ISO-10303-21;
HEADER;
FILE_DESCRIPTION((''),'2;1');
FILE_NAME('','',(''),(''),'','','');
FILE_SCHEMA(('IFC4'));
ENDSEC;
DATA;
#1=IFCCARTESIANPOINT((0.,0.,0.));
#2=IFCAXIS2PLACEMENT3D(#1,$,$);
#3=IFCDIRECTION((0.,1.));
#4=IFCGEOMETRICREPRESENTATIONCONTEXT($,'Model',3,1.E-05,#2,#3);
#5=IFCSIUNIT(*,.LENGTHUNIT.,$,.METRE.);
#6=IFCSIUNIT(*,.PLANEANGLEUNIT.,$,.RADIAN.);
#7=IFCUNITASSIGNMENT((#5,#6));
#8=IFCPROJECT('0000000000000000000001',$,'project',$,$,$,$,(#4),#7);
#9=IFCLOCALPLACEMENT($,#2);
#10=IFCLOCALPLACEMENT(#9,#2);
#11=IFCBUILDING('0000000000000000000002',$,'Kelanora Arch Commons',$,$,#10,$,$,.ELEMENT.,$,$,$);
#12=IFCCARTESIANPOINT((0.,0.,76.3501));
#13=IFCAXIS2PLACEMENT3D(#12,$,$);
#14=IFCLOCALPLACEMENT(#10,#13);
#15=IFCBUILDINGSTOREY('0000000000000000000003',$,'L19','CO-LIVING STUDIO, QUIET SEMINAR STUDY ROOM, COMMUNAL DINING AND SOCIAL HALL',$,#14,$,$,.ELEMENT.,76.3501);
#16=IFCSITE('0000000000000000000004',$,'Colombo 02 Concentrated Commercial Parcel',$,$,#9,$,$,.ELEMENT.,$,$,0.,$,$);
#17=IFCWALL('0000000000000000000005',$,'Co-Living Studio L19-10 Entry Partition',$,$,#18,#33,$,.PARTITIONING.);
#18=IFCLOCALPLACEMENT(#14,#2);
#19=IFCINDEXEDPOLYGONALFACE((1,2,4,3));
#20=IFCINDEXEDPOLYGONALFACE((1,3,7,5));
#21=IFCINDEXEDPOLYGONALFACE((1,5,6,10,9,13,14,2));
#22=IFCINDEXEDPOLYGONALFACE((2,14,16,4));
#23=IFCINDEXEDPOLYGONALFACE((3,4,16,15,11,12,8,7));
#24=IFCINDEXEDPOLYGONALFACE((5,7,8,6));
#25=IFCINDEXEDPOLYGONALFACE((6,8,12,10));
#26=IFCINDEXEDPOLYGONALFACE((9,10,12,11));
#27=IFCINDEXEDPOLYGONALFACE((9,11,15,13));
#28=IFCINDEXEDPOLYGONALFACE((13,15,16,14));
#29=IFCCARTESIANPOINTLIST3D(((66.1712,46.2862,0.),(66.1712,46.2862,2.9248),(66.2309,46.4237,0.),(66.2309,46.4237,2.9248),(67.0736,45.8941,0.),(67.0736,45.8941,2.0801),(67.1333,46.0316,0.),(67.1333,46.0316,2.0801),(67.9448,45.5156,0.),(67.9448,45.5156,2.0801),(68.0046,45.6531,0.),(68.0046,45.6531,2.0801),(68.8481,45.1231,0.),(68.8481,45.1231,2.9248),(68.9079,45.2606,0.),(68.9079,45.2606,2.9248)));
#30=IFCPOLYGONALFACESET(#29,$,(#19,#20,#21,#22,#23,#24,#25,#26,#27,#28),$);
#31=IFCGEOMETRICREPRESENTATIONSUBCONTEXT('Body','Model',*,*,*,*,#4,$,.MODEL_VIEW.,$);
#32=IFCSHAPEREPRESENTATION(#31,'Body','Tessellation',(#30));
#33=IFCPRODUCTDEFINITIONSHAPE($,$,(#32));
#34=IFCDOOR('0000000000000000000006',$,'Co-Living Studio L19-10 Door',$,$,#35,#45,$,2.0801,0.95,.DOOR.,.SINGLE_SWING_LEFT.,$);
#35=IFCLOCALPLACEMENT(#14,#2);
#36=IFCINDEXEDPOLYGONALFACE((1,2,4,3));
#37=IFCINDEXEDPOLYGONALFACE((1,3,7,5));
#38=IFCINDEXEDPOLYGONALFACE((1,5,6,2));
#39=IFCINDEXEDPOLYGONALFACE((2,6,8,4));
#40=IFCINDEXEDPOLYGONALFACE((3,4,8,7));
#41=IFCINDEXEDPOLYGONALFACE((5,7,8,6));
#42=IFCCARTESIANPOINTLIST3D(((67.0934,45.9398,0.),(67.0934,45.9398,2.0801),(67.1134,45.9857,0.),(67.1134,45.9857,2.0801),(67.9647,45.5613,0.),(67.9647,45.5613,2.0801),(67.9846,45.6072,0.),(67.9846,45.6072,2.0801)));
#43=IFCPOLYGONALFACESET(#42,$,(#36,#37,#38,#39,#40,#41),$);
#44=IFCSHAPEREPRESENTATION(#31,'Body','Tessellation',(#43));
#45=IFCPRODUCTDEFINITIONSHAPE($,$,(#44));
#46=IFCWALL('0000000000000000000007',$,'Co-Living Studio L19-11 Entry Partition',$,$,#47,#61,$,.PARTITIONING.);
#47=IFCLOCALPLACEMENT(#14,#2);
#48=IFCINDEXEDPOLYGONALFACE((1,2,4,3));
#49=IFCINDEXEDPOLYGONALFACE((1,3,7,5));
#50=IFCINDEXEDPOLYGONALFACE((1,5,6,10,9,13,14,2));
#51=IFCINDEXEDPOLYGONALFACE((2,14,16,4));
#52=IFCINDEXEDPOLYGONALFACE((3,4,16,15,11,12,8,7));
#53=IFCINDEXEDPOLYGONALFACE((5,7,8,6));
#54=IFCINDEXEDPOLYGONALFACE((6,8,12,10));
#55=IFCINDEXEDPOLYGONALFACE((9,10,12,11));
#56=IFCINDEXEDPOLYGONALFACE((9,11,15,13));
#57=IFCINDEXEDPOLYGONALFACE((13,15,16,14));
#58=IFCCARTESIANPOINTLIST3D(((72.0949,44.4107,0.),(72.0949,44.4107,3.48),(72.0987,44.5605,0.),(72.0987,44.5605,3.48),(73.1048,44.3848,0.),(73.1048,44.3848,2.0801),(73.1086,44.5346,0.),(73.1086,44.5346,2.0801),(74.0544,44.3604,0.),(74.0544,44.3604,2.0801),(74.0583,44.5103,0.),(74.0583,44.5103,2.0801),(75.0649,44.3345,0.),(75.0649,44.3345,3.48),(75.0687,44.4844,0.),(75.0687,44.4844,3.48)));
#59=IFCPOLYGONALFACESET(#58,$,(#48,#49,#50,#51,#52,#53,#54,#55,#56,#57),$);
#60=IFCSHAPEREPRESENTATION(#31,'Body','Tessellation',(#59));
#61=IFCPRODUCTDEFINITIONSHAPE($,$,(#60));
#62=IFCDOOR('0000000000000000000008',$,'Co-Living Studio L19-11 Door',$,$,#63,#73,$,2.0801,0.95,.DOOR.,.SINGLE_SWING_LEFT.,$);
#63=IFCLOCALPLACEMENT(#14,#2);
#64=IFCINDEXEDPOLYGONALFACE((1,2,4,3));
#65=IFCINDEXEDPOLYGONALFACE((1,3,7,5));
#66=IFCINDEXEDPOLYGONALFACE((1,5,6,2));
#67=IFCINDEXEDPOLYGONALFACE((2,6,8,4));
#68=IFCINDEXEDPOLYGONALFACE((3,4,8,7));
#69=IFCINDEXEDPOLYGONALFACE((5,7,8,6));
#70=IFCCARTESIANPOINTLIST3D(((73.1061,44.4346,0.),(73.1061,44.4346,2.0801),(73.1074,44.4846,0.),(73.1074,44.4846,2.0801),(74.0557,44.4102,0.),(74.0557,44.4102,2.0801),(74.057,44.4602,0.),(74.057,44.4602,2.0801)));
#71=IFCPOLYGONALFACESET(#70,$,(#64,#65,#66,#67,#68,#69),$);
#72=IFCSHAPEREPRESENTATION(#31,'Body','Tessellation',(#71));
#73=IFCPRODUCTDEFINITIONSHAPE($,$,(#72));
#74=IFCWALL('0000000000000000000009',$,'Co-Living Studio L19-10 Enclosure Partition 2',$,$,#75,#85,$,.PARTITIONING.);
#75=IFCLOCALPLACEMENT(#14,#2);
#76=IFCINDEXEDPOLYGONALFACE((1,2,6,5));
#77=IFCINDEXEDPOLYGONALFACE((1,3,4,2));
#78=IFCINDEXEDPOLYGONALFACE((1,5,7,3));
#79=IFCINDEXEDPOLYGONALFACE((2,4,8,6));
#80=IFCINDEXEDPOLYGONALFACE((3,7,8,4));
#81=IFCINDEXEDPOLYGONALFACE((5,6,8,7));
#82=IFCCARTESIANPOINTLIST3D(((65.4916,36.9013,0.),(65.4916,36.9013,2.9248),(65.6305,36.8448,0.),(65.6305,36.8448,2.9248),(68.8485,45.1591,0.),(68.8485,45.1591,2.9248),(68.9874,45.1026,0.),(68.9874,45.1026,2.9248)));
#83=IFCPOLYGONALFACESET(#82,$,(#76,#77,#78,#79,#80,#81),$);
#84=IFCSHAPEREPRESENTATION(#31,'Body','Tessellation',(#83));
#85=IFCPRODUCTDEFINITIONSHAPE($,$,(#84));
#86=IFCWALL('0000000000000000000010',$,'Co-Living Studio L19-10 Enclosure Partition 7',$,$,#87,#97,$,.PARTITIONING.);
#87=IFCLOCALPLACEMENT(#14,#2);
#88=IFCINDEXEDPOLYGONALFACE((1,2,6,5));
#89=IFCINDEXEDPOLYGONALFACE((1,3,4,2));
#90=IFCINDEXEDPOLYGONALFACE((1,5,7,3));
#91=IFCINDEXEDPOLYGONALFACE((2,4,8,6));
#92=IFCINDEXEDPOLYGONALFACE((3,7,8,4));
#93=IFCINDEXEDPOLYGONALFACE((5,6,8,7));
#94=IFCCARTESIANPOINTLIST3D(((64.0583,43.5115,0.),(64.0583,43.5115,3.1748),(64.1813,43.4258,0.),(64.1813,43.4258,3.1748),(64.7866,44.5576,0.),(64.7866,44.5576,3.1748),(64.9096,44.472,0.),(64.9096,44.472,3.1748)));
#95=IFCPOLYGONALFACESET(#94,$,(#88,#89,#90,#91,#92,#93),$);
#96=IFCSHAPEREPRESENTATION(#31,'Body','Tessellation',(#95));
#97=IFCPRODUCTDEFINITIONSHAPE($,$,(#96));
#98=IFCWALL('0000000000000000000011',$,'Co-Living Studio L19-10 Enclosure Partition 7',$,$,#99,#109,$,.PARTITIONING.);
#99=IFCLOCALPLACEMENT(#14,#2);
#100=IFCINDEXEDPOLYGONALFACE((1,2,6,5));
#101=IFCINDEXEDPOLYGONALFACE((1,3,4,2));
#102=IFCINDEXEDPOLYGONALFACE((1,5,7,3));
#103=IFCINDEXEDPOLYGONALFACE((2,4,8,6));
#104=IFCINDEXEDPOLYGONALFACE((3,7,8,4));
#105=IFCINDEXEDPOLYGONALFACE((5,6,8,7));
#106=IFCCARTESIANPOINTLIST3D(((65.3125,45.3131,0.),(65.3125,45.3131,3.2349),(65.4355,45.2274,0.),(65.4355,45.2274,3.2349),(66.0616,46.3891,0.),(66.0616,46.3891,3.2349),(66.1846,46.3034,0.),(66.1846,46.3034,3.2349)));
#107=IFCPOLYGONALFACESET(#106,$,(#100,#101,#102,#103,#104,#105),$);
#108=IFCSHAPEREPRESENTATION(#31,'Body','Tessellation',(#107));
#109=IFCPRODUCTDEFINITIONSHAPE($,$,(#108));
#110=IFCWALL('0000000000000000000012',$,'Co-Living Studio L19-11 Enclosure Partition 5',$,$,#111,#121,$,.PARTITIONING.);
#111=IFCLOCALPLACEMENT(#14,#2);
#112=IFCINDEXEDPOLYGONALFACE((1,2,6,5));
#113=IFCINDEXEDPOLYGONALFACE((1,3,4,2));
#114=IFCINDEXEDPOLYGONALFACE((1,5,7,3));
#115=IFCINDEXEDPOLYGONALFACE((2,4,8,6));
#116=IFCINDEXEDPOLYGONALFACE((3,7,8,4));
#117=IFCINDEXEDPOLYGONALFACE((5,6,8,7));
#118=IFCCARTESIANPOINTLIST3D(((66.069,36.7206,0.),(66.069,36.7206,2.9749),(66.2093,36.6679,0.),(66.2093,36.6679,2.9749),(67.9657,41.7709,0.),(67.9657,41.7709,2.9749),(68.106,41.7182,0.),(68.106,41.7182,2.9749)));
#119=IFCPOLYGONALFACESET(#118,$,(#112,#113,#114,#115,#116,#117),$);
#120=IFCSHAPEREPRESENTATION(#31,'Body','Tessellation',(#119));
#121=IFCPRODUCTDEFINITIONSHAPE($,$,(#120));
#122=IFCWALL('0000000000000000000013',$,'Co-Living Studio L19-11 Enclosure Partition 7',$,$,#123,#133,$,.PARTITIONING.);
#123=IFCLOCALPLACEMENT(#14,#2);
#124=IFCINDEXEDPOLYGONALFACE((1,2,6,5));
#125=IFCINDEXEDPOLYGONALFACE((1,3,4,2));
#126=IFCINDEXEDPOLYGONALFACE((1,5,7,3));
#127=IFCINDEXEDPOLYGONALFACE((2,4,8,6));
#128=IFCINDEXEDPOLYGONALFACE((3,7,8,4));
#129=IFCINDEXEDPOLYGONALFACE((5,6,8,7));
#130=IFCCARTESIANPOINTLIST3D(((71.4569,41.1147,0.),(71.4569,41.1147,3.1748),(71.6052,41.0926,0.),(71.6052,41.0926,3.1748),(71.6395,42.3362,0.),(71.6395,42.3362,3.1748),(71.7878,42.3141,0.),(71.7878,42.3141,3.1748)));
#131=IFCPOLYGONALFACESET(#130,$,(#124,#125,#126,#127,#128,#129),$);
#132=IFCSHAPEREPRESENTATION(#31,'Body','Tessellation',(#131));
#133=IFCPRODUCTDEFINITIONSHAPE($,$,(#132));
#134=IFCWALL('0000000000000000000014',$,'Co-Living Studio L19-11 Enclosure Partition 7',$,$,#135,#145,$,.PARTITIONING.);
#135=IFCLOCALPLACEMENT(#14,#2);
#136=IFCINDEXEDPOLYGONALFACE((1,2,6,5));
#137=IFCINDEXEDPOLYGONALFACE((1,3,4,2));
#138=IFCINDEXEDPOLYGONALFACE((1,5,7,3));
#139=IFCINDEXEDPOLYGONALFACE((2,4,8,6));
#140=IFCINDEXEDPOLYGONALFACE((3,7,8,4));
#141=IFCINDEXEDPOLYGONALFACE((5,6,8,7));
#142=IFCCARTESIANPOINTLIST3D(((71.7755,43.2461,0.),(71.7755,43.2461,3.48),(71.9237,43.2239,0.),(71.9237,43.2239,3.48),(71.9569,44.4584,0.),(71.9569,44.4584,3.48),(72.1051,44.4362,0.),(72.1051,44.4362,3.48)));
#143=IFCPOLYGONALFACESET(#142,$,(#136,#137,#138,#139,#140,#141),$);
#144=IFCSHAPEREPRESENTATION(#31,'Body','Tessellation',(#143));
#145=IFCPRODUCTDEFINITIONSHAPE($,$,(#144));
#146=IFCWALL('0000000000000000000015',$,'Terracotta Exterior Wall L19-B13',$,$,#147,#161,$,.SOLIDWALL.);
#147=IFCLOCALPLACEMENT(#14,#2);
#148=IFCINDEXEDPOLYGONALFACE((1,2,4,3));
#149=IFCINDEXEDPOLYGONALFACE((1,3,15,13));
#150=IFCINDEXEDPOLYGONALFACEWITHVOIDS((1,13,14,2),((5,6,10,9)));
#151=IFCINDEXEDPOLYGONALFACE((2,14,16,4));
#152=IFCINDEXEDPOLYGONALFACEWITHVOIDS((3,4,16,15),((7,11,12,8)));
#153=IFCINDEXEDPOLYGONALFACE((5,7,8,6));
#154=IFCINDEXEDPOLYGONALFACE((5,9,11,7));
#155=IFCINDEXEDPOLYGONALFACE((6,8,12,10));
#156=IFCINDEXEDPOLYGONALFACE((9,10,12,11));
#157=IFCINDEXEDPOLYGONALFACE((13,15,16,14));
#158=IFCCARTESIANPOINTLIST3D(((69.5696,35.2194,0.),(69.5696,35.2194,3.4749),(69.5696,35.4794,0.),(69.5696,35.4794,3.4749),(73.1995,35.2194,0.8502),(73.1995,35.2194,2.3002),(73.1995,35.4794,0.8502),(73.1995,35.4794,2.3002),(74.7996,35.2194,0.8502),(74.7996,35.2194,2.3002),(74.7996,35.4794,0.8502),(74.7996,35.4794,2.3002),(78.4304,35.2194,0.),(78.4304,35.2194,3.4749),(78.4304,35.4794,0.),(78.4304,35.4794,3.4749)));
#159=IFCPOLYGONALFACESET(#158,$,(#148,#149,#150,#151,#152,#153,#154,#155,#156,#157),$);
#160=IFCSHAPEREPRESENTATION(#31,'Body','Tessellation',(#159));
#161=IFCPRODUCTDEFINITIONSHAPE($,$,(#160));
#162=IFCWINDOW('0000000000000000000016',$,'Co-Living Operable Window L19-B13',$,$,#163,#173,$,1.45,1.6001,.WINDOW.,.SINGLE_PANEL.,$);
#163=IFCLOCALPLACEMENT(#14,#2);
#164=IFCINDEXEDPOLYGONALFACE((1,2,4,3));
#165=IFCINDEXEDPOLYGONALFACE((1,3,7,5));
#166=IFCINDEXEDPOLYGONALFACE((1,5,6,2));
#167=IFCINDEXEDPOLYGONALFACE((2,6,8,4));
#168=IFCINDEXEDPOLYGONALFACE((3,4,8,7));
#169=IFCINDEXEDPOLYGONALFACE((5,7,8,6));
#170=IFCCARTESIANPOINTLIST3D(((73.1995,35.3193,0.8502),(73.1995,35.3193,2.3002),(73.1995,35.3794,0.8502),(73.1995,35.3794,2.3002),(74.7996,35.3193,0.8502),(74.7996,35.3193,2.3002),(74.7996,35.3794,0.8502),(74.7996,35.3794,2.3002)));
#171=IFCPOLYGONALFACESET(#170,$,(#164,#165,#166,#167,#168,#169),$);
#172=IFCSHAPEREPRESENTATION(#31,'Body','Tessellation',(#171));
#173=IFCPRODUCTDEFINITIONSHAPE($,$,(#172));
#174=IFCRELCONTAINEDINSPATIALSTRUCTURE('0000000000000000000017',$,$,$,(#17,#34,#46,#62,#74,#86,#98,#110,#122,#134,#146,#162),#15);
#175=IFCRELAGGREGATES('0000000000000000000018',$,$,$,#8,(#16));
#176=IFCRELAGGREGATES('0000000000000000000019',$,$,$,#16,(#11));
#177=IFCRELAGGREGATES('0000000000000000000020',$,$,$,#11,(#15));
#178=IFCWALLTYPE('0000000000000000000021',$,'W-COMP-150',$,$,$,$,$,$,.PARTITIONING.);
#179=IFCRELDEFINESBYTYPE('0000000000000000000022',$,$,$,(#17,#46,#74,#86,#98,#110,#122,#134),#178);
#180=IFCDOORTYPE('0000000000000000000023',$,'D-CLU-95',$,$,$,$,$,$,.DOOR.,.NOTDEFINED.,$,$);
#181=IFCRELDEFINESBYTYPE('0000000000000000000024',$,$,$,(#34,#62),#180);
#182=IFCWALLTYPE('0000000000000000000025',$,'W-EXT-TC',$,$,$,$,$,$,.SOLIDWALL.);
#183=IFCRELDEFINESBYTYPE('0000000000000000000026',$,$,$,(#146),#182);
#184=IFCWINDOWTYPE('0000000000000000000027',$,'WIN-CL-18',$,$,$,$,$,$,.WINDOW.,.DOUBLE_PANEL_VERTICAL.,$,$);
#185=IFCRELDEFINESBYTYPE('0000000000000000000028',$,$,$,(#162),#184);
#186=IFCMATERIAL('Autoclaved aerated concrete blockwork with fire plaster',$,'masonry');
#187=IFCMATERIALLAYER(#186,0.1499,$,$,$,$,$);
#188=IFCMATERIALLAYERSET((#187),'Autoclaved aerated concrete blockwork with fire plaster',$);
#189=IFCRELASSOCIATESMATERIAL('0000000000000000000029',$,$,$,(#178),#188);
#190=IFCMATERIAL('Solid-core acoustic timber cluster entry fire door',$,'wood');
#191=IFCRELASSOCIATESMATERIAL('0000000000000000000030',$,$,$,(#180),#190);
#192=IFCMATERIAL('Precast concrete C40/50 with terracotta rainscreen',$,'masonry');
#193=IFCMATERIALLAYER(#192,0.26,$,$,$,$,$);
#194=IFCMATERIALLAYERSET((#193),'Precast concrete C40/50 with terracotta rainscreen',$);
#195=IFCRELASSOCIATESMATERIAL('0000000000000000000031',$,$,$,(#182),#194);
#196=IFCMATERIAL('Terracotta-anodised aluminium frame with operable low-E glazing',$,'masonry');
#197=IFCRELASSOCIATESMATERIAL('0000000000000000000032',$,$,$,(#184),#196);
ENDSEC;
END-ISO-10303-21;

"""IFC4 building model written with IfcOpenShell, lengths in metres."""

from ifc_helpers import new_model, si_unit, direction, frame, frame_2d, origin, place, context, subcontext, project, spatial, rectangle, extrude, material, layer, layer_set, type_object, element, fill, save


model = new_model("IFC4")

# Units and contexts
model_context = context("Model", 3, precision=1e-05, world=origin(), true_north=direction((0.0, 1.0)))
body_context = subcontext(model_context, "Body", "Model", "MODEL_VIEW")
ifc_project = project(units=[si_unit("LENGTHUNIT", "METRE"), si_unit("PLANEANGLEUNIT", "RADIAN")], contexts=[model_context])

# Site, building, storey
site_placement = place(None, origin())
site = spatial("IfcSite", under=ifc_project, at=site_placement, Name="Colombo 02 Concentrated Commercial Parcel", CompositionType="ELEMENT", RefElevation=0.0)
building_placement = place(site_placement, origin())
building = spatial("IfcBuilding", under=site, at=building_placement, Name="Kelanora Arch Commons", CompositionType="ELEMENT")
storey_placement = place(building_placement, frame((0.0, 0.0, 76.3501)))
storey = spatial("IfcBuildingStorey", under=building, at=storey_placement, Name="L19", Description="CO-LIVING STUDIO, QUIET SEMINAR STUDY ROOM, COMMUNAL DINING AND SOCIAL HALL", CompositionType="ELEMENT", Elevation=76.3501)

# Walls, openings, doors
ifc_material_1 = material(Name="Autoclaved aerated concrete blockwork with fire plaster", Category="masonry")
ifc_layer_1 = layer(ifc_material_1, 0.1499)
ifc_layer_set_1 = layer_set([ifc_layer_1], Name="Autoclaved aerated concrete blockwork with fire plaster")
wall_type_1 = type_object("IfcWallType", Name="W-COMP-150", PredefinedType="PARTITIONING", material=ifc_layer_set_1)
wall_1_placement = place(storey_placement, frame((66.2009, 46.355, 0.0), z_axis=(0.0, 0.0, 1.0), x_axis=(0.917174, -0.398488, 0.0)))
wall_1 = element("IfcWall", 1, at=wall_1_placement, inside=storey, type_object=wall_type_1, Name="Co-Living Studio L19-10 Entry Partition", PredefinedType="PARTITIONING", context=body_context, shape_type="SweptSolid", body=[
    extrude(rectangle(XDim=2.9187, YDim=0.1499, at=frame_2d((1.4595, 0.0))), origin(), (0.0, 0.0, 1.0), 2.9248),
])
opening_1_placement = place(wall_1_placement, frame((0.9839, 0.0, 0.0)))
opening_1 = element("IfcOpeningElement", 2, at=opening_1_placement, cuts=wall_1, PredefinedType="OPENING", context=body_context, shape_type="SweptSolid", body=[
    extrude(rectangle(XDim=0.95, YDim=2.0801, at=frame_2d((0.4751, 1.04))), frame((0.0, 0.085, 0.0), z_axis=(0.0, -1.0, 0.0), x_axis=(1.0, 0.0, 0.0)), (0.0, 0.0, 1.0), 0.1699),
])
ifc_material_2 = material(Name="Solid-core acoustic timber cluster entry fire door", Category="wood")
door_type_1 = type_object("IfcDoorType", Name="D-CLU-95", OperationType="NOTDEFINED", PredefinedType="DOOR", material=ifc_material_2)
door_1_placement = place(opening_1_placement, origin())
door_1 = element("IfcDoor", 3, at=door_1_placement, inside=storey, type_object=door_type_1, Name="Co-Living Studio L19-10 Door", OperationType="SINGLE_SWING_LEFT", OverallHeight=2.0801, OverallWidth=0.95, PredefinedType="DOOR", context=body_context, shape_type="SweptSolid", body=[
    extrude(rectangle(XDim=0.95, YDim=2.0801, at=frame_2d((0.4751, 1.04))), frame((0.0, 0.0249, 0.0), z_axis=(0.0, -1.0, 0.0), x_axis=(1.0, 0.0, 0.0)), (0.0, 0.0, 1.0), 0.05),
])
fill(opening_1, door_1)
wall_2_placement = place(storey_placement, frame((72.0969, 44.4856, 0.0), z_axis=(0.0, 0.0, 1.0), x_axis=(0.999671, -0.025639, 0.0)))
wall_2 = element("IfcWall", 4, at=wall_2_placement, inside=storey, type_object=wall_type_1, Name="Co-Living Studio L19-11 Entry Partition", PredefinedType="PARTITIONING", context=body_context, shape_type="SweptSolid", body=[
    extrude(rectangle(XDim=2.9709, YDim=0.1499, at=frame_2d((1.4854, 0.0))), origin(), (0.0, 0.0, 1.0), 3.48),
])
opening_2_placement = place(wall_2_placement, frame((1.01, 0.0, 0.0)))
opening_2 = element("IfcOpeningElement", 5, at=opening_2_placement, cuts=wall_2, PredefinedType="OPENING", context=body_context, shape_type="SweptSolid", body=[
    extrude(rectangle(XDim=0.95, YDim=2.0801, at=frame_2d((0.4751, 1.04))), frame((0.0, 0.085, 0.0), z_axis=(0.0, -1.0, 0.0), x_axis=(1.0, 0.0, 0.0)), (0.0, 0.0, 1.0), 0.1699),
])
door_2_placement = place(opening_2_placement, origin())
door_2 = element("IfcDoor", 6, at=door_2_placement, inside=storey, type_object=door_type_1, Name="Co-Living Studio L19-11 Door", OperationType="SINGLE_SWING_LEFT", OverallHeight=2.0801, OverallWidth=0.95, PredefinedType="DOOR", context=body_context, shape_type="SweptSolid", body=[
    extrude(rectangle(XDim=0.95, YDim=2.0801, at=frame_2d((0.4751, 1.04))), frame((0.0, 0.0249, 0.0), z_axis=(0.0, -1.0, 0.0), x_axis=(1.0, 0.0, 0.0)), (0.0, 0.0, 1.0), 0.05),
])
fill(opening_2, door_2)

# Walls
wall_3_placement = place(storey_placement, frame((68.918, 45.1309, 0.0), z_axis=(0.0, 0.0, 1.0), x_axis=(-0.376589, -0.926381, 0.0)))
element("IfcWall", 7, at=wall_3_placement, inside=storey, type_object=wall_type_1, Name="Co-Living Studio L19-10 Enclosure Partition 2", PredefinedType="PARTITIONING", context=body_context, shape_type="SweptSolid", body=[
    extrude(rectangle(XDim=8.9141, YDim=0.1499, at=frame_2d((4.457, 0.0))), origin(), (0.0, 0.0, 1.0), 2.9248),
])
wall_4_placement = place(storey_placement, frame((64.1199, 43.4688, 0.0), z_axis=(0.0, 0.0, 1.0), x_axis=(0.571339, 0.820714, 0.0)))
element("IfcWall", 8, at=wall_4_placement, inside=storey, type_object=wall_type_1, Name="Co-Living Studio L19-10 Enclosure Partition 7", PredefinedType="PARTITIONING", context=body_context, shape_type="SweptSolid", body=[
    extrude(rectangle(XDim=1.2747, YDim=0.1499, at=frame_2d((0.6372, 0.0))), origin(), (0.0, 0.0, 1.0), 3.1748),
])
wall_5_placement = place(storey_placement, frame((65.374, 45.2703, 0.0), z_axis=(0.0, 0.0, 1.0), x_axis=(0.571348, 0.820708, 0.0)))
element("IfcWall", 9, at=wall_5_placement, inside=storey, type_object=wall_type_1, Name="Co-Living Studio L19-10 Enclosure Partition 7", PredefinedType="PARTITIONING", context=body_context, shape_type="SweptSolid", body=[
    extrude(rectangle(XDim=1.311, YDim=0.1499, at=frame_2d((0.6555, 0.0))), origin(), (0.0, 0.0, 1.0), 3.2349),
])
wall_6_placement = place(storey_placement, frame((66.1392, 36.6943, 0.0), z_axis=(0.0, 0.0, 1.0), x_axis=(0.35159, 0.936154, 0.0)))
element("IfcWall", 10, at=wall_6_placement, inside=storey, type_object=wall_type_1, Name="Co-Living Studio L19-11 Enclosure Partition 5", PredefinedType="PARTITIONING", context=body_context, shape_type="SweptSolid", body=[
    extrude(rectangle(XDim=5.3948, YDim=0.1499, at=frame_2d((2.6973, 0.0))), origin(), (0.0, 0.0, 1.0), 2.9749),
])
wall_7_placement = place(storey_placement, frame((71.531, 41.1035, 0.0), z_axis=(0.0, 0.0, 1.0), x_axis=(0.147867, 0.989007, 0.0)))
element("IfcWall", 11, at=wall_7_placement, inside=storey, type_object=wall_type_1, Name="Co-Living Studio L19-11 Enclosure Partition 7", PredefinedType="PARTITIONING", context=body_context, shape_type="SweptSolid", body=[
    extrude(rectangle(XDim=1.2351, YDim=0.1499, at=frame_2d((0.6177, 0.0))), origin(), (0.0, 0.0, 1.0), 3.1748),
])
wall_8_placement = place(storey_placement, frame((71.8496, 43.2351, 0.0), z_axis=(0.0, 0.0, 1.0), x_axis=(0.14797, 0.988992, 0.0)))
element("IfcWall", 12, at=wall_8_placement, inside=storey, type_object=wall_type_1, Name="Co-Living Studio L19-11 Enclosure Partition 7", PredefinedType="PARTITIONING", context=body_context, shape_type="SweptSolid", body=[
    extrude(rectangle(XDim=1.2258, YDim=0.1499, at=frame_2d((0.6128, 0.0))), origin(), (0.0, 0.0, 1.0), 3.48),
])

# Wall, opening, window
ifc_material_3 = material(Name="Precast concrete C40/50 with terracotta rainscreen", Category="masonry")
ifc_layer_2 = layer(ifc_material_3, 0.26)
ifc_layer_set_2 = layer_set([ifc_layer_2], Name="Precast concrete C40/50 with terracotta rainscreen")
wall_type_2 = type_object("IfcWallType", Name="W-EXT-TC", PredefinedType="SOLIDWALL", material=ifc_layer_set_2)
wall_9_placement = place(storey_placement, frame((69.5696, 35.3494, 0.0), z_axis=(0.0, 0.0, 1.0), x_axis=(1.0, 0.0, 0.0)))
wall_9 = element("IfcWall", 13, at=wall_9_placement, inside=storey, type_object=wall_type_2, Name="Terracotta Exterior Wall L19-B13", PredefinedType="SOLIDWALL", context=body_context, shape_type="SweptSolid", body=[
    extrude(rectangle(XDim=8.8608, YDim=0.26, at=frame_2d((4.4304, 0.0))), origin(), (0.0, 0.0, 1.0), 3.4749),
])
opening_3_placement = place(wall_9_placement, frame((3.6299, 0.0, 0.8501)))
opening_3 = element("IfcOpeningElement", 14, at=opening_3_placement, cuts=wall_9, PredefinedType="OPENING", context=body_context, shape_type="SweptSolid", body=[
    extrude(rectangle(XDim=1.6001, YDim=1.45, at=frame_2d((0.8, 0.7251))), frame((0.0, 0.1401, 0.0), z_axis=(0.0, -1.0, 0.0), x_axis=(1.0, 0.0, 0.0)), (0.0, 0.0, 1.0), 0.28),
])
ifc_material_4 = material(Name="Terracotta-anodised aluminium frame with operable low-E glazing", Category="masonry")
window_type = type_object("IfcWindowType", Name="WIN-CL-18", PartitioningType="DOUBLE_PANEL_VERTICAL", PredefinedType="WINDOW", material=ifc_material_4)
window_placement = place(opening_3_placement, origin())
window = element("IfcWindow", 15, at=window_placement, inside=storey, type_object=window_type, Name="Co-Living Operable Window L19-B13", OverallHeight=1.45, OverallWidth=1.6001, PartitioningType="SINGLE_PANEL", PredefinedType="WINDOW", context=body_context, shape_type="SweptSolid", body=[
    extrude(rectangle(XDim=1.6001, YDim=1.45, at=frame_2d((0.8, 0.7251))), frame((0.0, 0.03, 0.0), z_axis=(0.0, -1.0, 0.0), x_axis=(1.0, 0.0, 0.0)), (0.0, 0.0, 1.0), 0.0601),
])
fill(opening_3, window)

save(model, "model.ifc")
